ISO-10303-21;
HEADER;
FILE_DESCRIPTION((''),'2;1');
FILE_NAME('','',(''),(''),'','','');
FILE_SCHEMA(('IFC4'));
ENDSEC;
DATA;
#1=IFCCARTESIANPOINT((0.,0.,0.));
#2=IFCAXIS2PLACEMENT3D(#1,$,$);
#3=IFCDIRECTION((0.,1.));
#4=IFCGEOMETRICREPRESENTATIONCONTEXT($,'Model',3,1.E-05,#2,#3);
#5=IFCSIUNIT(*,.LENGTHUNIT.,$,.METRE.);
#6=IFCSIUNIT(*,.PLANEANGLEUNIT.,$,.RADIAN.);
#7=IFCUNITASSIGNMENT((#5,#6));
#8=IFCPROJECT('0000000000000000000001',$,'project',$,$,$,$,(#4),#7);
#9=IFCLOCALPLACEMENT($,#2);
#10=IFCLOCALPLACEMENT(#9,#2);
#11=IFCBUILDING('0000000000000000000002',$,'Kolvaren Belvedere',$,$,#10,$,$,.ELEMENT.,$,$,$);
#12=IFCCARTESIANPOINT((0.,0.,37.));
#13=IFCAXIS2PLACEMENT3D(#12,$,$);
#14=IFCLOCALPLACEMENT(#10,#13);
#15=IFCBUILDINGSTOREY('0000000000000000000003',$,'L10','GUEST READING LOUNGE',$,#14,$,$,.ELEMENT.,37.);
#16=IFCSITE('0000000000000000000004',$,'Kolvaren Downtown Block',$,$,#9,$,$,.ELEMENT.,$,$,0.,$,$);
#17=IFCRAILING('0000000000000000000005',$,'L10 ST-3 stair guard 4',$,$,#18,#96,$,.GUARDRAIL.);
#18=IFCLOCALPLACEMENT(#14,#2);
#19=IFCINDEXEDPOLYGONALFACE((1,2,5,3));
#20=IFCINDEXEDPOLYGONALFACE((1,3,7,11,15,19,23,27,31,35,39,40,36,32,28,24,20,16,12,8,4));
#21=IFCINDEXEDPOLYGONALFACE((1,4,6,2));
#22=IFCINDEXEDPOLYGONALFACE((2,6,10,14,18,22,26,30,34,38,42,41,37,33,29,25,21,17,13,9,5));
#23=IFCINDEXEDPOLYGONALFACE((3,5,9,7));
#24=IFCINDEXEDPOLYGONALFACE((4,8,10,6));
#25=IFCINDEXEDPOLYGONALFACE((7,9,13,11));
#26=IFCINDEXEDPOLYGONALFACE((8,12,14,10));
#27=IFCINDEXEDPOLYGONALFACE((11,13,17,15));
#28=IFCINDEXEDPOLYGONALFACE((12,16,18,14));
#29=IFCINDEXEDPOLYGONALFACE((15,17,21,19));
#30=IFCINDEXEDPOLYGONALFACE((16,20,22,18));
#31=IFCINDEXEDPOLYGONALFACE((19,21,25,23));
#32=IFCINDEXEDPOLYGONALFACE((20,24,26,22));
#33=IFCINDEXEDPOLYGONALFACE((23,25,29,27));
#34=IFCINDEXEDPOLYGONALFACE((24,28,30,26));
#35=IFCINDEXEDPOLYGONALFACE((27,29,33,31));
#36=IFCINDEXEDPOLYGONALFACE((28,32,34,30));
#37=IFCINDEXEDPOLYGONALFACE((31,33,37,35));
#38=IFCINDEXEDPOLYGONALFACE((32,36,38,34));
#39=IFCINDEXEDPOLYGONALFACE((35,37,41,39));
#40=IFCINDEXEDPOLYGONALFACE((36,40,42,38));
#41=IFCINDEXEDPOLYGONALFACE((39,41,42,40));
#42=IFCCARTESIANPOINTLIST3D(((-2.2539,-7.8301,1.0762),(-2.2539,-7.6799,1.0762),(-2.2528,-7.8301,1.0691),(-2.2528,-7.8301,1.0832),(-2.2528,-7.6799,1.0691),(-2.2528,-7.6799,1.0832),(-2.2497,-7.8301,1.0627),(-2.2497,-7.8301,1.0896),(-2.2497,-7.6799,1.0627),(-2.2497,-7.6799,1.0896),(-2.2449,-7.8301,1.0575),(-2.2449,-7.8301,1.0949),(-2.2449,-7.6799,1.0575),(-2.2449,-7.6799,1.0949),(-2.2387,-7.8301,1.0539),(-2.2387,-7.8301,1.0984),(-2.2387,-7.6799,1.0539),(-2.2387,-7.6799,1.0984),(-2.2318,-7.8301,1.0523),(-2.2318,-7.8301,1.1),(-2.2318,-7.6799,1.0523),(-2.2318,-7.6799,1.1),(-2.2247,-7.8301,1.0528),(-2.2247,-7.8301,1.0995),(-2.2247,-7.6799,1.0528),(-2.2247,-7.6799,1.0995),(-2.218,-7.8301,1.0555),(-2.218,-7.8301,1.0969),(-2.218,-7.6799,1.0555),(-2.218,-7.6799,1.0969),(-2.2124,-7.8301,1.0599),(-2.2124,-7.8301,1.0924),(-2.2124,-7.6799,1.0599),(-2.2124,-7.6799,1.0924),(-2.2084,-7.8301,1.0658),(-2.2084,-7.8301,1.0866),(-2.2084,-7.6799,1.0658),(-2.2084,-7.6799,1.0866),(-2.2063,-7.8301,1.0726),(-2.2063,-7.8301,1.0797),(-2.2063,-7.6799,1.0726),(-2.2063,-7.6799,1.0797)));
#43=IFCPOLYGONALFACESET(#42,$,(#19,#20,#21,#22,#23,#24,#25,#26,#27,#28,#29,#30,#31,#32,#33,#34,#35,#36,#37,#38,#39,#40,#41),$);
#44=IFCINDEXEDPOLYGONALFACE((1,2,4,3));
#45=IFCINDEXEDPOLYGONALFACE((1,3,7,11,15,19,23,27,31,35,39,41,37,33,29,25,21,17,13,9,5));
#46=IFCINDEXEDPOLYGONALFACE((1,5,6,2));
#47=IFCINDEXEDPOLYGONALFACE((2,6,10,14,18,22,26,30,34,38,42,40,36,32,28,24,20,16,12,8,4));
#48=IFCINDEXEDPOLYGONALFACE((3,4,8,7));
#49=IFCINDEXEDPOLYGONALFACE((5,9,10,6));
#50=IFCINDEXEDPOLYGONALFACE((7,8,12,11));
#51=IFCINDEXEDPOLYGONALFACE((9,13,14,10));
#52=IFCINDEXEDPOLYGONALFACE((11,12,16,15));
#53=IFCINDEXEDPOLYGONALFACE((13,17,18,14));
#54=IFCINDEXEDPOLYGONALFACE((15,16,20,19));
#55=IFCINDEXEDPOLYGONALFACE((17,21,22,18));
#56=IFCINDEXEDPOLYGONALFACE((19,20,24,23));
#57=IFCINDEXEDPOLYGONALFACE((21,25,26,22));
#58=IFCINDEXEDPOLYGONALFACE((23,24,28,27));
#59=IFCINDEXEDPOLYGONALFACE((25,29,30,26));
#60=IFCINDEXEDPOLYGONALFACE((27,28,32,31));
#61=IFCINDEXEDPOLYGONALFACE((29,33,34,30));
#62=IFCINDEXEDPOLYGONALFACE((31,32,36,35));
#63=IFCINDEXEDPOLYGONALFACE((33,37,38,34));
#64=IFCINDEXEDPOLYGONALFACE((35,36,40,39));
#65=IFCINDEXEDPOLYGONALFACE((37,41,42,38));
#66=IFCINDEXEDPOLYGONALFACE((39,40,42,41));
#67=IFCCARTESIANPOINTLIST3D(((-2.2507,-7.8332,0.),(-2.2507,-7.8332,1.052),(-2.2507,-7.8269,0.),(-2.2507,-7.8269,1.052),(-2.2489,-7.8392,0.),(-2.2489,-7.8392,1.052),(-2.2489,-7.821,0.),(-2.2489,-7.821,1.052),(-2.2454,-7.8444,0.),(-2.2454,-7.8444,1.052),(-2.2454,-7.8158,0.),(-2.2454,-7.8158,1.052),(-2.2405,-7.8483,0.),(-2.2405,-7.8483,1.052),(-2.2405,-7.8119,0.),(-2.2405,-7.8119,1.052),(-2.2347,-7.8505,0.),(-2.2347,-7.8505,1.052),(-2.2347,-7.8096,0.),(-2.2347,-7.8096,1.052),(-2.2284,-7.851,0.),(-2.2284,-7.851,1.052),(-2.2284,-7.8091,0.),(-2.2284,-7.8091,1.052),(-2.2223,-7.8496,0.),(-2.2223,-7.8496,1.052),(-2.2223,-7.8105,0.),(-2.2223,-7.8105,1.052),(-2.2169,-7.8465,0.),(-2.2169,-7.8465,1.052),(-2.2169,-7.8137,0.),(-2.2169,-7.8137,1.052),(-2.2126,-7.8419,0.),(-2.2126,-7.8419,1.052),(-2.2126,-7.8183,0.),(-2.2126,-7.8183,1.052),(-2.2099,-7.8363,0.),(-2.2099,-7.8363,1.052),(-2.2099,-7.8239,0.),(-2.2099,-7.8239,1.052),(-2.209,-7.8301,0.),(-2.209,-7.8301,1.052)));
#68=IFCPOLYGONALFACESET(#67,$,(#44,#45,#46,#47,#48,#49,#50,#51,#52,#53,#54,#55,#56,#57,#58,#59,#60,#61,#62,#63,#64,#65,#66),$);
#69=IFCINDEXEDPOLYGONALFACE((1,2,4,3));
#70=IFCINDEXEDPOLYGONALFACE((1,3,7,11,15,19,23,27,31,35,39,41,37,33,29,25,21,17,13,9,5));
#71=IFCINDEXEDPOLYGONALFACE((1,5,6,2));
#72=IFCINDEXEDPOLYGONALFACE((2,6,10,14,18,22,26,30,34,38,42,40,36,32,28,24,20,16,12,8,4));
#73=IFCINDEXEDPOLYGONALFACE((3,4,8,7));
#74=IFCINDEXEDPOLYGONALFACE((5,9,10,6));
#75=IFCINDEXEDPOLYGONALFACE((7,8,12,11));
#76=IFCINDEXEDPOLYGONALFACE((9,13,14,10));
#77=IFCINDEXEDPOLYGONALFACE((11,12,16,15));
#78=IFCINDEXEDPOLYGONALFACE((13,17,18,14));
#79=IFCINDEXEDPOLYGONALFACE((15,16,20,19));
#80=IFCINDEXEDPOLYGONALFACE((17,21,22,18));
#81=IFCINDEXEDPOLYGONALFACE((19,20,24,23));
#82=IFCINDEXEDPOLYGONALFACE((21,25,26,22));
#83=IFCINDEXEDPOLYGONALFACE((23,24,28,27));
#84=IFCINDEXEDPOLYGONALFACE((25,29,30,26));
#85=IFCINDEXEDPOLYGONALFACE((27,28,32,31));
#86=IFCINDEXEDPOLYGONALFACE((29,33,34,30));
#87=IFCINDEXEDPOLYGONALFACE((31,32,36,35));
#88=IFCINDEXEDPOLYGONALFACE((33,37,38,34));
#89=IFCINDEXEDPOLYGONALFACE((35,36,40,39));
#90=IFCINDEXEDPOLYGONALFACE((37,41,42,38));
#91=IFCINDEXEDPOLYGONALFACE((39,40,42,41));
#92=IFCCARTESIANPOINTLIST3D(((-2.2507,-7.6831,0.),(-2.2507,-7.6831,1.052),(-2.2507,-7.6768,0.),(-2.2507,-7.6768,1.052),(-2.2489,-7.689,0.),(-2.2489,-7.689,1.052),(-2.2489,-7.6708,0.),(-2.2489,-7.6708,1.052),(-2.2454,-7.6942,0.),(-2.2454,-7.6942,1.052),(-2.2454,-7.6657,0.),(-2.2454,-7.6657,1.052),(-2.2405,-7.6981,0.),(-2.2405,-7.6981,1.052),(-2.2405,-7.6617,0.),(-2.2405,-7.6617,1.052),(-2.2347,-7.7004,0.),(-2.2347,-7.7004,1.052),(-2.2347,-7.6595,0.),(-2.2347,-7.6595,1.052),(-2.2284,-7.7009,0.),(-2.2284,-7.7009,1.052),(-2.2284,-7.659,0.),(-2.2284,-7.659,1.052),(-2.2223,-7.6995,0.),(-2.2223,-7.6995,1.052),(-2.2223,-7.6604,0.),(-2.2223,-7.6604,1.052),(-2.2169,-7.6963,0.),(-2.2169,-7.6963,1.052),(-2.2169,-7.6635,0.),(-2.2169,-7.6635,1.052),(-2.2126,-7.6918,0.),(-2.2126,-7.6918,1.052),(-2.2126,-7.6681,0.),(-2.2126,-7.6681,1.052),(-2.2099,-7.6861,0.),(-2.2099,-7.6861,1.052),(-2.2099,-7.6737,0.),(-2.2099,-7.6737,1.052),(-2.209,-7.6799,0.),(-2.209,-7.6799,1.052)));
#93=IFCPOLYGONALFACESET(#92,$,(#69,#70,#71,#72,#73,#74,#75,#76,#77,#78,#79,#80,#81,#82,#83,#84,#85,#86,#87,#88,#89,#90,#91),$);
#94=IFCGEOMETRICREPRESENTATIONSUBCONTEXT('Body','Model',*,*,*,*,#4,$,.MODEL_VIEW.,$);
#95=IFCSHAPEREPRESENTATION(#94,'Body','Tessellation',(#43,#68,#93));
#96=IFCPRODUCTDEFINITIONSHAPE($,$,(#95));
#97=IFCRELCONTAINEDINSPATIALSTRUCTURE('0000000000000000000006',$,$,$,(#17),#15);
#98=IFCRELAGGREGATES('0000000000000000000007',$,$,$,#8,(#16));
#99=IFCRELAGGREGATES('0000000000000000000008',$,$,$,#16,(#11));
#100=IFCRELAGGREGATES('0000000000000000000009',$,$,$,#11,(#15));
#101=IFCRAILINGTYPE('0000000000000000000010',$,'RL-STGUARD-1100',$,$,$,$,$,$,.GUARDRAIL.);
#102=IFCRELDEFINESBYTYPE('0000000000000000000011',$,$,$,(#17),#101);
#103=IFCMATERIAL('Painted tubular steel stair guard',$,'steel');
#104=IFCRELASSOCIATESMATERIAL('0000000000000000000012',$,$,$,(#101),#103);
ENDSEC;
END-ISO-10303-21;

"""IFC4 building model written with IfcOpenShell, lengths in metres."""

from ifc_helpers import new_model, si_unit, direction, frame, origin, origin_2d, place, context, subcontext, project, spatial, circle, extrude, material, type_object, element, save


model = new_model("IFC4")

# Units and contexts
model_context = context("Model", 3, precision=1e-05, world=origin(), true_north=direction((0.0, 1.0)))
body_context = subcontext(model_context, "Body", "Model", "MODEL_VIEW")
ifc_project = project(units=[si_unit("LENGTHUNIT", "METRE"), si_unit("PLANEANGLEUNIT", "RADIAN")], contexts=[model_context])

# Site, building, storey
site_placement = place(None, origin())
site = spatial("IfcSite", under=ifc_project, at=site_placement, Name="Kolvaren Downtown Block", CompositionType="ELEMENT", RefElevation=0.0)
building_placement = place(site_placement, origin())
building = spatial("IfcBuilding", under=site, at=building_placement, Name="Kolvaren Belvedere", CompositionType="ELEMENT")
storey_placement = place(building_placement, frame((0.0, 0.0, 37.0)))
storey = spatial("IfcBuildingStorey", under=building, at=storey_placement, Name="L10", Description="GUEST READING LOUNGE", CompositionType="ELEMENT", Elevation=37.0)

# Railing
ifc_material_1 = material(Name="Painted tubular steel stair guard", Category="steel")
railing_type_1 = type_object("IfcRailingType", Name="RL-STGUARD-1100", PredefinedType="GUARDRAIL", material=ifc_material_1)
railing_1_placement = place(storey_placement, frame((-2.23, -7.8301, 0.0)))
element("IfcRailing", 1, at=railing_1_placement, inside=storey, type_object=railing_type_1, Name="L10 ST-3 stair guard 4", PredefinedType="GUARDRAIL", context=body_context, shape_type="SweptSolid", body=[
    extrude(circle(Radius=0.0239, at=origin_2d()), frame((0.0, 0.0, 1.0762), z_axis=(0.0, 1.0, 0.0), x_axis=(-1.0, 0.0, 0.0)), (0.0, 0.0, 1.0), 0.1501),
    extrude(circle(Radius=0.021, at=origin_2d()), origin(), (0.0, 0.0, 1.0), 1.052),
    extrude(circle(Radius=0.021, at=origin_2d()), frame((0.0, 0.1501, 0.0)), (0.0, 0.0, 1.0), 1.052),
])

save(model, "model.ifc")
